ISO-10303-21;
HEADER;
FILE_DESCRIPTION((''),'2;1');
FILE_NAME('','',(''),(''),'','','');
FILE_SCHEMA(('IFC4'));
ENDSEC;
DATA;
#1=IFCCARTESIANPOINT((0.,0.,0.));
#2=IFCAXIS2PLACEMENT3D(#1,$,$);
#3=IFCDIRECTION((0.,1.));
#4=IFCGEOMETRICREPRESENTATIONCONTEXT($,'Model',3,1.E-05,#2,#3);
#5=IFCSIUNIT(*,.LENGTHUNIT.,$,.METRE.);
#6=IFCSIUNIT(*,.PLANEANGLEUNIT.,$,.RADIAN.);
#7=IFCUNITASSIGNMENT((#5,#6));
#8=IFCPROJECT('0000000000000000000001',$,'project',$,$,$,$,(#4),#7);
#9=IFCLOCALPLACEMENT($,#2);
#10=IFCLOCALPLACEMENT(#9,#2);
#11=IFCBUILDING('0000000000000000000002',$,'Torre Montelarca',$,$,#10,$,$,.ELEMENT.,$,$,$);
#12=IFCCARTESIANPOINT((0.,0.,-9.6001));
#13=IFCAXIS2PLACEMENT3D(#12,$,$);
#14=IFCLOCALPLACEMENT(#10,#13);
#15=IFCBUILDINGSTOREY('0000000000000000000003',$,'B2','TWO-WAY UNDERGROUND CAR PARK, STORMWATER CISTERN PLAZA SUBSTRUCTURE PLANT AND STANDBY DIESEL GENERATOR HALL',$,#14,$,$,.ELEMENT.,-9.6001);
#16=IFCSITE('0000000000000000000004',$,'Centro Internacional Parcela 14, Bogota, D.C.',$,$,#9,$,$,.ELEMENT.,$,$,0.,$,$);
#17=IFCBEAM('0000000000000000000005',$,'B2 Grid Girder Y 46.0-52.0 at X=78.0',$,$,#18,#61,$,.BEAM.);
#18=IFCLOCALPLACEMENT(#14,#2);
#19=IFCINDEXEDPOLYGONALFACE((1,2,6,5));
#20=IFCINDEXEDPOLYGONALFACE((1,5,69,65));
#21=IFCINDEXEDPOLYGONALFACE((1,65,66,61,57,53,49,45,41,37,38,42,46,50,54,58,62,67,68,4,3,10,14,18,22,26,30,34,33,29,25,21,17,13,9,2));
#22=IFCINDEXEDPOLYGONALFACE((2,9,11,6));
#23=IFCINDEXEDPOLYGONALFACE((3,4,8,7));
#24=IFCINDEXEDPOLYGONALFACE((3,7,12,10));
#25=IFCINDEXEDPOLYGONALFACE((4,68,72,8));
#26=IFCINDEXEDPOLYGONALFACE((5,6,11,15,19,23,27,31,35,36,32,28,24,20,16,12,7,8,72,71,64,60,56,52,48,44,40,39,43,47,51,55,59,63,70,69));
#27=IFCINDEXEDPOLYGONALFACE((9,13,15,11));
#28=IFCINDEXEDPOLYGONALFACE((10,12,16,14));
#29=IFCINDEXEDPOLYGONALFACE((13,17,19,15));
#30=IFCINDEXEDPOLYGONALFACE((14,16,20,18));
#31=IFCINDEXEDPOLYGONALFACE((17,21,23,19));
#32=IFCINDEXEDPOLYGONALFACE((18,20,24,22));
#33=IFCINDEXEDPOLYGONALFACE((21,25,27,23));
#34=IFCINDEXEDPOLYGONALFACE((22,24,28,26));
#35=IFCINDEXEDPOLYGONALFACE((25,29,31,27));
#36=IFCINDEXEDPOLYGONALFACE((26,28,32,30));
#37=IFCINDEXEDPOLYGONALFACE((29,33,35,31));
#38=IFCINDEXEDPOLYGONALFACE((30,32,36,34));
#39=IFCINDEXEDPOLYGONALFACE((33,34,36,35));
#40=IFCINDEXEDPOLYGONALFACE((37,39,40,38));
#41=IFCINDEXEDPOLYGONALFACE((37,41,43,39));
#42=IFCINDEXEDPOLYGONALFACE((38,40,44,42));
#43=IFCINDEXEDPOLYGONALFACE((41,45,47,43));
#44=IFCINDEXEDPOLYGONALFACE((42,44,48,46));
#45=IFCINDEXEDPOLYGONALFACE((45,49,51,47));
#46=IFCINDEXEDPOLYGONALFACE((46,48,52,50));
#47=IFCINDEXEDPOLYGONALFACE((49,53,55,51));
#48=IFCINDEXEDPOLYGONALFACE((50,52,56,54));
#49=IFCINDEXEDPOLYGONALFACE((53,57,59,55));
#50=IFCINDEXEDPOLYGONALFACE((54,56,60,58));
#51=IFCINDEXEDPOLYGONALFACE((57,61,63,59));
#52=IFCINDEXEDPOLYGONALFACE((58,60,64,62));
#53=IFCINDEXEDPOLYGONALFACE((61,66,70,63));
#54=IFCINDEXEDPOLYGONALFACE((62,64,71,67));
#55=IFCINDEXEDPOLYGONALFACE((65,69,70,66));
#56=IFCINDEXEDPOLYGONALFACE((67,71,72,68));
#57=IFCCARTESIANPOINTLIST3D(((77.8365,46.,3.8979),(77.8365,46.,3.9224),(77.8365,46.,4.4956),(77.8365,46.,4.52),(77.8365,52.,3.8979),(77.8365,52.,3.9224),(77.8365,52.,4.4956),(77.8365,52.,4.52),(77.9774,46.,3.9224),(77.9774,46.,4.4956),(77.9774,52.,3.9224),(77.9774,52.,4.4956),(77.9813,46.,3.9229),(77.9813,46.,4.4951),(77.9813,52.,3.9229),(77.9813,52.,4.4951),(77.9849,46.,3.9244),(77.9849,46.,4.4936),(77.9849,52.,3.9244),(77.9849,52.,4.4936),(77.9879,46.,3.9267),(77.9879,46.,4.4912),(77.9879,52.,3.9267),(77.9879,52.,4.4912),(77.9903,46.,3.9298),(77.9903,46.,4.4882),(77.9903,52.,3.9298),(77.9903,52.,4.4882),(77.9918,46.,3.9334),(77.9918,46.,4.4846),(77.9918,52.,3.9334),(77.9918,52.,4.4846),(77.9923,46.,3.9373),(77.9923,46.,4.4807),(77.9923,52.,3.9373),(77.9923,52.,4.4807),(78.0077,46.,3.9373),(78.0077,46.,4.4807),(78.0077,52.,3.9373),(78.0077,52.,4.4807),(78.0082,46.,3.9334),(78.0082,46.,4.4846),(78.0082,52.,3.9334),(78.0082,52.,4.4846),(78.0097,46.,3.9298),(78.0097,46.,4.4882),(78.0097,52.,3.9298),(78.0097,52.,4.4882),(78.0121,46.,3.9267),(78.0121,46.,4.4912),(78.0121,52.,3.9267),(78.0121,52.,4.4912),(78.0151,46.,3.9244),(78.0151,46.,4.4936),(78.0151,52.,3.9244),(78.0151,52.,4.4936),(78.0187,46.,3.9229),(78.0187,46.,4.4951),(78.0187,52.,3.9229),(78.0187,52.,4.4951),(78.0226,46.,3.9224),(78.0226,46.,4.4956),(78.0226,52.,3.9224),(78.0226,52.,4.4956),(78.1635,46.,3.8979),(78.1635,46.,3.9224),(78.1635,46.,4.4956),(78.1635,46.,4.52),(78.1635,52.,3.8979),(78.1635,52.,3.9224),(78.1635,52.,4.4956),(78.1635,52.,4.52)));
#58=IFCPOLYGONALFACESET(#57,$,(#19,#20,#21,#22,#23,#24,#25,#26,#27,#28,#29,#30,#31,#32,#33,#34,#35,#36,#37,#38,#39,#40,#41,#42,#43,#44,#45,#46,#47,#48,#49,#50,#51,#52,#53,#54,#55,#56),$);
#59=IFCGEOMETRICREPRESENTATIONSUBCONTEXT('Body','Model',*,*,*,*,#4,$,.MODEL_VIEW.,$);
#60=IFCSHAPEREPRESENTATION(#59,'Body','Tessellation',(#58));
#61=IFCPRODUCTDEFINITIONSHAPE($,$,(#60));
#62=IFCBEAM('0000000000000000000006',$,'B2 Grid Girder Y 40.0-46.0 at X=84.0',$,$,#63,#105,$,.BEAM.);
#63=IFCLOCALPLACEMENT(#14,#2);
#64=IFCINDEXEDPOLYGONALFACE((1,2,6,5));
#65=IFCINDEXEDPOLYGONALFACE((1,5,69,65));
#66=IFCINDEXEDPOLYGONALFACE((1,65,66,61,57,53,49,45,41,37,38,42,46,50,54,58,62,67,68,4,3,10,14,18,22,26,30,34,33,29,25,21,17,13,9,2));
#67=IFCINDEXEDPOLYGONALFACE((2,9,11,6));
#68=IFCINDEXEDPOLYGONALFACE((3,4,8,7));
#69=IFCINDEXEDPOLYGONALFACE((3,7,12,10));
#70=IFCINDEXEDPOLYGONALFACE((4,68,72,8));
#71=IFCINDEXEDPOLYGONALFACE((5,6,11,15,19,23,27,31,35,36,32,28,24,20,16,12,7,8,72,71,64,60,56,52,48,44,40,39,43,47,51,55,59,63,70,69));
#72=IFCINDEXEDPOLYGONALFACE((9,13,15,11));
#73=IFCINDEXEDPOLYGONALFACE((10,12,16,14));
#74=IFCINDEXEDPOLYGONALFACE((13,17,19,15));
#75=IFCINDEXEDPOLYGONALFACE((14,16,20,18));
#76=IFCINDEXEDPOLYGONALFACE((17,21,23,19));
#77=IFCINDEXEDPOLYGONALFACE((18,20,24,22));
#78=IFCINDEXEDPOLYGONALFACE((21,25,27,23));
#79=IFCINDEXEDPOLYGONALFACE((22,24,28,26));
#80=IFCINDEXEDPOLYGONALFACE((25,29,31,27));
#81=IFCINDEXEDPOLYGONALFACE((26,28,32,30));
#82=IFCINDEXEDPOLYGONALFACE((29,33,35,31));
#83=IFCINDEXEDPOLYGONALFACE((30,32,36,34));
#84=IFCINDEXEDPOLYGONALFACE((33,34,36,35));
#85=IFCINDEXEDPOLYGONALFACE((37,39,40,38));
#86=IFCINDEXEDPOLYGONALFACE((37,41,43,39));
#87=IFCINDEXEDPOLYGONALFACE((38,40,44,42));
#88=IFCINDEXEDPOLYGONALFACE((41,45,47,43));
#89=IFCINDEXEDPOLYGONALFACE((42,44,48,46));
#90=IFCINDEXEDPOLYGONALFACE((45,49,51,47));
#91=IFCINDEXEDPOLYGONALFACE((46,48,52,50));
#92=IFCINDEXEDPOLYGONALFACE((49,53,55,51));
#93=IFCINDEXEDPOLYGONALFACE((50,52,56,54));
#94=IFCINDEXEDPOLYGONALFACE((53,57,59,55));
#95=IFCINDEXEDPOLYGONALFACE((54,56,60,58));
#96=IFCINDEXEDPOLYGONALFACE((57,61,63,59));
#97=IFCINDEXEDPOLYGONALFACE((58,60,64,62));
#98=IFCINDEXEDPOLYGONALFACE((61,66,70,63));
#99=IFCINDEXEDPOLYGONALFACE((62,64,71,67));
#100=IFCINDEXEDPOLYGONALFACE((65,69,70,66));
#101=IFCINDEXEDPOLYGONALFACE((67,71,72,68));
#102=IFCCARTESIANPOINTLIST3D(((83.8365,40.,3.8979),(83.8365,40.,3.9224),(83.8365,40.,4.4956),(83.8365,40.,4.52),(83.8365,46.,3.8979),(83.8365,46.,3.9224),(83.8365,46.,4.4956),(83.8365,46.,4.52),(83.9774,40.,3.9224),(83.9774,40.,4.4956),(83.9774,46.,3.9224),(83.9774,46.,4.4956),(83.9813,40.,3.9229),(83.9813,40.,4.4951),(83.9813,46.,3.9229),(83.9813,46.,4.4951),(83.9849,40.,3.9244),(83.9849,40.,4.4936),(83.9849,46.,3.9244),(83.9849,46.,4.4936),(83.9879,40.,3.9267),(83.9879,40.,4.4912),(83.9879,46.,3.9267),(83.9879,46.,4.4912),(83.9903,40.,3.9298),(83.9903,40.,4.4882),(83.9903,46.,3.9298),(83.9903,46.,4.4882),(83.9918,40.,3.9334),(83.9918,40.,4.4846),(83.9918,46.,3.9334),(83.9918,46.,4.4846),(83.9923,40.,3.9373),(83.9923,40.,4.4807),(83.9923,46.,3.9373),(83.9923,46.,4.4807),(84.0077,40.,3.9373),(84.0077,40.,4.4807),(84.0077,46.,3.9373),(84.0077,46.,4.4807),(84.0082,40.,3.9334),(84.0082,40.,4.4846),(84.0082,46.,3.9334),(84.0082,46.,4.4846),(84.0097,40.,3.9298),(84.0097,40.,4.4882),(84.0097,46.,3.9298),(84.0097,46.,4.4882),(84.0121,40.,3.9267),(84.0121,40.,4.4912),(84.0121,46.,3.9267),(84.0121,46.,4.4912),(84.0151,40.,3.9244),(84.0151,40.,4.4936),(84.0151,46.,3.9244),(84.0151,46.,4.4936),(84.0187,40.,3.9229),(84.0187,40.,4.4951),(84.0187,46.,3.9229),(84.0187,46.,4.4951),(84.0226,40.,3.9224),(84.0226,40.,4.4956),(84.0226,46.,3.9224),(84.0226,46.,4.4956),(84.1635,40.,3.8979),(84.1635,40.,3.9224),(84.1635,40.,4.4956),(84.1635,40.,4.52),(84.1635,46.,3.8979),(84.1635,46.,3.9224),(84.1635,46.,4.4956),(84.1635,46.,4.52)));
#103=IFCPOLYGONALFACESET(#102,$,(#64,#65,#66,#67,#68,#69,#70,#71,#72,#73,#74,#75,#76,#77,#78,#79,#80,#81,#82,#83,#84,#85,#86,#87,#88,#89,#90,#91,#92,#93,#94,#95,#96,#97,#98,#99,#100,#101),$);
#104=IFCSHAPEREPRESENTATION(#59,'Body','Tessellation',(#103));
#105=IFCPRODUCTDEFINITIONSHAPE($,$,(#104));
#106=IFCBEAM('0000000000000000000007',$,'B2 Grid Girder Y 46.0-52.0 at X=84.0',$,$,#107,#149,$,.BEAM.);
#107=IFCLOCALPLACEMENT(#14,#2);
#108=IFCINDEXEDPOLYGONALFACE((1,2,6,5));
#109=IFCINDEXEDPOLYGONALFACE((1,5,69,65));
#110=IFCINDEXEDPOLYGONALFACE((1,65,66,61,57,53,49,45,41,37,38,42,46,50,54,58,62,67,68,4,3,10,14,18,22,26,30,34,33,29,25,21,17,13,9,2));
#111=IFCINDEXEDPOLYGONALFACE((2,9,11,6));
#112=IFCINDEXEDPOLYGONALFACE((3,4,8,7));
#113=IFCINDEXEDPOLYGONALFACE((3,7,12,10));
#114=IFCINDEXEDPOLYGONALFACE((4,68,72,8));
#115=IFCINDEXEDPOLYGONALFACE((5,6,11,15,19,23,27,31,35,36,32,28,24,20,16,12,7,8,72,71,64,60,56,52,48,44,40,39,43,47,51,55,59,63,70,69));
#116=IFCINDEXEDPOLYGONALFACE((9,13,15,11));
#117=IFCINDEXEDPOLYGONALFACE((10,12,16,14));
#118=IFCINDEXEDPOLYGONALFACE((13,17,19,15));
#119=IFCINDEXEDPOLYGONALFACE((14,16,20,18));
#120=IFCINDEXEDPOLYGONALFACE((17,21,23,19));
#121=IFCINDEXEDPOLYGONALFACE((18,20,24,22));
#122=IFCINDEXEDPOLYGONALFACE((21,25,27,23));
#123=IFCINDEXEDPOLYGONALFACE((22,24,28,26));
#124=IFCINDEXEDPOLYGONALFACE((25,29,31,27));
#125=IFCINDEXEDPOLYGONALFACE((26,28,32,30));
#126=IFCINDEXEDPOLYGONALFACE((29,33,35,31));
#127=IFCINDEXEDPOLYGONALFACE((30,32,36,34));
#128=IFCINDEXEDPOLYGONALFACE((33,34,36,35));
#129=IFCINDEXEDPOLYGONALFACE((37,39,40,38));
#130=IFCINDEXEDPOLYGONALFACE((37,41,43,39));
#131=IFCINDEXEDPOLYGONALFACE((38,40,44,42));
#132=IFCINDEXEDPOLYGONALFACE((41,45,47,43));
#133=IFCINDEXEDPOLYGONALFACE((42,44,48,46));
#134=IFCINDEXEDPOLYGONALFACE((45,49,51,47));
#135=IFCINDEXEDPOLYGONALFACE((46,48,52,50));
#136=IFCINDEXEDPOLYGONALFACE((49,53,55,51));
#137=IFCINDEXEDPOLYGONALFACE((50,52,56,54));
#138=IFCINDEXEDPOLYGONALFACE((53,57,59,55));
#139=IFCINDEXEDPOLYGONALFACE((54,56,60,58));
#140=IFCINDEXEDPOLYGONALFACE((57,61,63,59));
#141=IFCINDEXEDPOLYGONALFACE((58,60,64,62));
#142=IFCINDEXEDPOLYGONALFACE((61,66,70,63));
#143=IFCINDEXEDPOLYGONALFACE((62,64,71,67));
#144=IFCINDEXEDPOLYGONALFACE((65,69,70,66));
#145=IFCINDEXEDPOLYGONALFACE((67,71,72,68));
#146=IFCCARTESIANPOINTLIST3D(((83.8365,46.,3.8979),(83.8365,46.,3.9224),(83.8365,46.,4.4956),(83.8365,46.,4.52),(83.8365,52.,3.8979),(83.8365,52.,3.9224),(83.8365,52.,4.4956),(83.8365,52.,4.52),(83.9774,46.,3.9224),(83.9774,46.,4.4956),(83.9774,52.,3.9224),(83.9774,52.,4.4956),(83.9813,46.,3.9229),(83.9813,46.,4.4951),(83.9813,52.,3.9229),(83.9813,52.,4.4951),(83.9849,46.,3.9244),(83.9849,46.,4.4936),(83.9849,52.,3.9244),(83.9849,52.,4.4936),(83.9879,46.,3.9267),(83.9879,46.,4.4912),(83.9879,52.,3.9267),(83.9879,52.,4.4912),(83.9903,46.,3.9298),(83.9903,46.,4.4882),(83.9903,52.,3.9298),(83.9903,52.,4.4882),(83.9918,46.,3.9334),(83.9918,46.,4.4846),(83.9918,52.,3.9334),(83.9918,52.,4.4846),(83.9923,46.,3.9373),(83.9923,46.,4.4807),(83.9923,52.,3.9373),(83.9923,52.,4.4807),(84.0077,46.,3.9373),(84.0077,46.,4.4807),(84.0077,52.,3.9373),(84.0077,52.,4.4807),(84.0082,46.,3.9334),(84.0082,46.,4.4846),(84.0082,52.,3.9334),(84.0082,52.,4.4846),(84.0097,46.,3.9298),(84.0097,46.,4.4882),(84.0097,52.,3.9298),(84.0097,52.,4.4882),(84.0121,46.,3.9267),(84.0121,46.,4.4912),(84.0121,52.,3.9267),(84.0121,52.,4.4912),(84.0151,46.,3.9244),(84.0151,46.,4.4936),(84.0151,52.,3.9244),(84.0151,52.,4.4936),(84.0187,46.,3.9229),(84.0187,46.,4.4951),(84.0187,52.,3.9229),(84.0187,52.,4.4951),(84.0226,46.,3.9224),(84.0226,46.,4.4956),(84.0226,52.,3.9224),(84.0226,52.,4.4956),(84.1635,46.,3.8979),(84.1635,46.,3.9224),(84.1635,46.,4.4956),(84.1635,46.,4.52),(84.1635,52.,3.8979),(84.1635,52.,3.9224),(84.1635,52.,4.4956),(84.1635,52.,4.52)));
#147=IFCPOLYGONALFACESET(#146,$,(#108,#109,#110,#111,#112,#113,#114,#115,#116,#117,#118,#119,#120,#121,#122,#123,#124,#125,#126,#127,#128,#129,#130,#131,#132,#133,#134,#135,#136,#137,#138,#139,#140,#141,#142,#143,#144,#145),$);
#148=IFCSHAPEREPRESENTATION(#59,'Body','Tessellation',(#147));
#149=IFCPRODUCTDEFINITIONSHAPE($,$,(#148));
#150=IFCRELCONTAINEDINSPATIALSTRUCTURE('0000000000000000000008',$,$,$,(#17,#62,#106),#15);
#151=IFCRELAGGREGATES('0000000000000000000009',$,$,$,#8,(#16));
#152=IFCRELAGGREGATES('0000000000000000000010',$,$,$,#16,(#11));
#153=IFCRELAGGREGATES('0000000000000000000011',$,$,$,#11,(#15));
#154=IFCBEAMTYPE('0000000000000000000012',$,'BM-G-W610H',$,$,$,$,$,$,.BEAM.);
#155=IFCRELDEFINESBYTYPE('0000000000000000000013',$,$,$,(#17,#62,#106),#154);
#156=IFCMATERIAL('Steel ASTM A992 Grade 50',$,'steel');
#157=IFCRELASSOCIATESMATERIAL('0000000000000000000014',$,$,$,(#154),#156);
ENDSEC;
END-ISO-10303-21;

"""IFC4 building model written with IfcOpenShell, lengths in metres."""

from ifc_helpers import new_model, si_unit, direction, frame, origin, origin_2d, place, context, subcontext, project, spatial, i_section, extrude, source, transform, mapped, material, material_profile, profile_set, type_object, element, save


model = new_model("IFC4")

# Units and contexts
model_context = context("Model", 3, precision=1e-05, world=origin(), true_north=direction((0.0, 1.0)))
body_context = subcontext(model_context, "Body", "Model", "MODEL_VIEW")
ifc_project = project(units=[si_unit("LENGTHUNIT", "METRE"), si_unit("PLANEANGLEUNIT", "RADIAN")], contexts=[model_context])

# Site, building, storey
site_placement = place(None, origin())
site = spatial("IfcSite", under=ifc_project, at=site_placement, Name="Centro Internacional Parcela 14, Bogota, D.C.", CompositionType="ELEMENT", RefElevation=0.0)
building_placement = place(site_placement, origin())
building = spatial("IfcBuilding", under=site, at=building_placement, Name="Torre Montelarca", CompositionType="ELEMENT")
storey_placement = place(building_placement, frame((0.0, 0.0, -9.6001)))
storey = spatial("IfcBuildingStorey", under=building, at=storey_placement, Name="B2", Description="TWO-WAY UNDERGROUND CAR PARK, STORMWATER CISTERN PLAZA SUBSTRUCTURE PLANT AND STANDBY DIESEL GENERATOR HALL", CompositionType="ELEMENT", Elevation=-9.6001)

# Beams
ifc_material_1 = material(Name="Steel ASTM A992 Grade 50", Category="steel")
ifc_material_profile_1 = material_profile(ifc_material_1, i_section(OverallWidth=0.3269, OverallDepth=0.6221, WebThickness=0.0154, FlangeThickness=0.0244, FilletRadius=0.0149, at=origin_2d()), Name="W610X195", Category="steel")
ifc_profile_set_1 = profile_set([ifc_material_profile_1], Name="Steel ASTM A992 Grade 50")
beam_type_1 = type_object("IfcBeamType", Name="BM-G-W610H", PredefinedType="BEAM", material=ifc_profile_set_1)
shared_shape_1 = source(origin(), body_context, "Body", "SweptSolid", [
    extrude(i_section(OverallWidth=0.3269, OverallDepth=0.6221, WebThickness=0.0154, FlangeThickness=0.0244, FilletRadius=0.0149, at=origin_2d()), origin(), (0.0, 0.0, 1.0), 6.0),
])
for number, where, z_axis, x_axis, name in (
    (1, (78.0, 46.0, 4.209), (0.0, 1.0, 0.0), (-1.0, 0.0, 0.0), "B2 Grid Girder Y 46.0-52.0 at X=78.0"),
    (2, (84.0, 40.0, 4.209), (0.0, 1.0, 0.0), (-1.0, 0.0, 0.0), "B2 Grid Girder Y 40.0-46.0 at X=84.0"),
    (3, (84.0, 46.0, 4.209), (0.0, 1.0, 0.0), (-1.0, 0.0, 0.0), "B2 Grid Girder Y 46.0-52.0 at X=84.0"),
):
    element("IfcBeam", number, at=place(storey_placement, frame(where, z_axis=z_axis, x_axis=x_axis)), inside=storey, type_object=beam_type_1, Name=name, PredefinedType="BEAM", context=body_context, shape_type="MappedRepresentation", body=[
        mapped(shared_shape_1, transform((0.0, 0.0, 0.0), scale=1.0)),
    ])

save(model, "model.ifc")
